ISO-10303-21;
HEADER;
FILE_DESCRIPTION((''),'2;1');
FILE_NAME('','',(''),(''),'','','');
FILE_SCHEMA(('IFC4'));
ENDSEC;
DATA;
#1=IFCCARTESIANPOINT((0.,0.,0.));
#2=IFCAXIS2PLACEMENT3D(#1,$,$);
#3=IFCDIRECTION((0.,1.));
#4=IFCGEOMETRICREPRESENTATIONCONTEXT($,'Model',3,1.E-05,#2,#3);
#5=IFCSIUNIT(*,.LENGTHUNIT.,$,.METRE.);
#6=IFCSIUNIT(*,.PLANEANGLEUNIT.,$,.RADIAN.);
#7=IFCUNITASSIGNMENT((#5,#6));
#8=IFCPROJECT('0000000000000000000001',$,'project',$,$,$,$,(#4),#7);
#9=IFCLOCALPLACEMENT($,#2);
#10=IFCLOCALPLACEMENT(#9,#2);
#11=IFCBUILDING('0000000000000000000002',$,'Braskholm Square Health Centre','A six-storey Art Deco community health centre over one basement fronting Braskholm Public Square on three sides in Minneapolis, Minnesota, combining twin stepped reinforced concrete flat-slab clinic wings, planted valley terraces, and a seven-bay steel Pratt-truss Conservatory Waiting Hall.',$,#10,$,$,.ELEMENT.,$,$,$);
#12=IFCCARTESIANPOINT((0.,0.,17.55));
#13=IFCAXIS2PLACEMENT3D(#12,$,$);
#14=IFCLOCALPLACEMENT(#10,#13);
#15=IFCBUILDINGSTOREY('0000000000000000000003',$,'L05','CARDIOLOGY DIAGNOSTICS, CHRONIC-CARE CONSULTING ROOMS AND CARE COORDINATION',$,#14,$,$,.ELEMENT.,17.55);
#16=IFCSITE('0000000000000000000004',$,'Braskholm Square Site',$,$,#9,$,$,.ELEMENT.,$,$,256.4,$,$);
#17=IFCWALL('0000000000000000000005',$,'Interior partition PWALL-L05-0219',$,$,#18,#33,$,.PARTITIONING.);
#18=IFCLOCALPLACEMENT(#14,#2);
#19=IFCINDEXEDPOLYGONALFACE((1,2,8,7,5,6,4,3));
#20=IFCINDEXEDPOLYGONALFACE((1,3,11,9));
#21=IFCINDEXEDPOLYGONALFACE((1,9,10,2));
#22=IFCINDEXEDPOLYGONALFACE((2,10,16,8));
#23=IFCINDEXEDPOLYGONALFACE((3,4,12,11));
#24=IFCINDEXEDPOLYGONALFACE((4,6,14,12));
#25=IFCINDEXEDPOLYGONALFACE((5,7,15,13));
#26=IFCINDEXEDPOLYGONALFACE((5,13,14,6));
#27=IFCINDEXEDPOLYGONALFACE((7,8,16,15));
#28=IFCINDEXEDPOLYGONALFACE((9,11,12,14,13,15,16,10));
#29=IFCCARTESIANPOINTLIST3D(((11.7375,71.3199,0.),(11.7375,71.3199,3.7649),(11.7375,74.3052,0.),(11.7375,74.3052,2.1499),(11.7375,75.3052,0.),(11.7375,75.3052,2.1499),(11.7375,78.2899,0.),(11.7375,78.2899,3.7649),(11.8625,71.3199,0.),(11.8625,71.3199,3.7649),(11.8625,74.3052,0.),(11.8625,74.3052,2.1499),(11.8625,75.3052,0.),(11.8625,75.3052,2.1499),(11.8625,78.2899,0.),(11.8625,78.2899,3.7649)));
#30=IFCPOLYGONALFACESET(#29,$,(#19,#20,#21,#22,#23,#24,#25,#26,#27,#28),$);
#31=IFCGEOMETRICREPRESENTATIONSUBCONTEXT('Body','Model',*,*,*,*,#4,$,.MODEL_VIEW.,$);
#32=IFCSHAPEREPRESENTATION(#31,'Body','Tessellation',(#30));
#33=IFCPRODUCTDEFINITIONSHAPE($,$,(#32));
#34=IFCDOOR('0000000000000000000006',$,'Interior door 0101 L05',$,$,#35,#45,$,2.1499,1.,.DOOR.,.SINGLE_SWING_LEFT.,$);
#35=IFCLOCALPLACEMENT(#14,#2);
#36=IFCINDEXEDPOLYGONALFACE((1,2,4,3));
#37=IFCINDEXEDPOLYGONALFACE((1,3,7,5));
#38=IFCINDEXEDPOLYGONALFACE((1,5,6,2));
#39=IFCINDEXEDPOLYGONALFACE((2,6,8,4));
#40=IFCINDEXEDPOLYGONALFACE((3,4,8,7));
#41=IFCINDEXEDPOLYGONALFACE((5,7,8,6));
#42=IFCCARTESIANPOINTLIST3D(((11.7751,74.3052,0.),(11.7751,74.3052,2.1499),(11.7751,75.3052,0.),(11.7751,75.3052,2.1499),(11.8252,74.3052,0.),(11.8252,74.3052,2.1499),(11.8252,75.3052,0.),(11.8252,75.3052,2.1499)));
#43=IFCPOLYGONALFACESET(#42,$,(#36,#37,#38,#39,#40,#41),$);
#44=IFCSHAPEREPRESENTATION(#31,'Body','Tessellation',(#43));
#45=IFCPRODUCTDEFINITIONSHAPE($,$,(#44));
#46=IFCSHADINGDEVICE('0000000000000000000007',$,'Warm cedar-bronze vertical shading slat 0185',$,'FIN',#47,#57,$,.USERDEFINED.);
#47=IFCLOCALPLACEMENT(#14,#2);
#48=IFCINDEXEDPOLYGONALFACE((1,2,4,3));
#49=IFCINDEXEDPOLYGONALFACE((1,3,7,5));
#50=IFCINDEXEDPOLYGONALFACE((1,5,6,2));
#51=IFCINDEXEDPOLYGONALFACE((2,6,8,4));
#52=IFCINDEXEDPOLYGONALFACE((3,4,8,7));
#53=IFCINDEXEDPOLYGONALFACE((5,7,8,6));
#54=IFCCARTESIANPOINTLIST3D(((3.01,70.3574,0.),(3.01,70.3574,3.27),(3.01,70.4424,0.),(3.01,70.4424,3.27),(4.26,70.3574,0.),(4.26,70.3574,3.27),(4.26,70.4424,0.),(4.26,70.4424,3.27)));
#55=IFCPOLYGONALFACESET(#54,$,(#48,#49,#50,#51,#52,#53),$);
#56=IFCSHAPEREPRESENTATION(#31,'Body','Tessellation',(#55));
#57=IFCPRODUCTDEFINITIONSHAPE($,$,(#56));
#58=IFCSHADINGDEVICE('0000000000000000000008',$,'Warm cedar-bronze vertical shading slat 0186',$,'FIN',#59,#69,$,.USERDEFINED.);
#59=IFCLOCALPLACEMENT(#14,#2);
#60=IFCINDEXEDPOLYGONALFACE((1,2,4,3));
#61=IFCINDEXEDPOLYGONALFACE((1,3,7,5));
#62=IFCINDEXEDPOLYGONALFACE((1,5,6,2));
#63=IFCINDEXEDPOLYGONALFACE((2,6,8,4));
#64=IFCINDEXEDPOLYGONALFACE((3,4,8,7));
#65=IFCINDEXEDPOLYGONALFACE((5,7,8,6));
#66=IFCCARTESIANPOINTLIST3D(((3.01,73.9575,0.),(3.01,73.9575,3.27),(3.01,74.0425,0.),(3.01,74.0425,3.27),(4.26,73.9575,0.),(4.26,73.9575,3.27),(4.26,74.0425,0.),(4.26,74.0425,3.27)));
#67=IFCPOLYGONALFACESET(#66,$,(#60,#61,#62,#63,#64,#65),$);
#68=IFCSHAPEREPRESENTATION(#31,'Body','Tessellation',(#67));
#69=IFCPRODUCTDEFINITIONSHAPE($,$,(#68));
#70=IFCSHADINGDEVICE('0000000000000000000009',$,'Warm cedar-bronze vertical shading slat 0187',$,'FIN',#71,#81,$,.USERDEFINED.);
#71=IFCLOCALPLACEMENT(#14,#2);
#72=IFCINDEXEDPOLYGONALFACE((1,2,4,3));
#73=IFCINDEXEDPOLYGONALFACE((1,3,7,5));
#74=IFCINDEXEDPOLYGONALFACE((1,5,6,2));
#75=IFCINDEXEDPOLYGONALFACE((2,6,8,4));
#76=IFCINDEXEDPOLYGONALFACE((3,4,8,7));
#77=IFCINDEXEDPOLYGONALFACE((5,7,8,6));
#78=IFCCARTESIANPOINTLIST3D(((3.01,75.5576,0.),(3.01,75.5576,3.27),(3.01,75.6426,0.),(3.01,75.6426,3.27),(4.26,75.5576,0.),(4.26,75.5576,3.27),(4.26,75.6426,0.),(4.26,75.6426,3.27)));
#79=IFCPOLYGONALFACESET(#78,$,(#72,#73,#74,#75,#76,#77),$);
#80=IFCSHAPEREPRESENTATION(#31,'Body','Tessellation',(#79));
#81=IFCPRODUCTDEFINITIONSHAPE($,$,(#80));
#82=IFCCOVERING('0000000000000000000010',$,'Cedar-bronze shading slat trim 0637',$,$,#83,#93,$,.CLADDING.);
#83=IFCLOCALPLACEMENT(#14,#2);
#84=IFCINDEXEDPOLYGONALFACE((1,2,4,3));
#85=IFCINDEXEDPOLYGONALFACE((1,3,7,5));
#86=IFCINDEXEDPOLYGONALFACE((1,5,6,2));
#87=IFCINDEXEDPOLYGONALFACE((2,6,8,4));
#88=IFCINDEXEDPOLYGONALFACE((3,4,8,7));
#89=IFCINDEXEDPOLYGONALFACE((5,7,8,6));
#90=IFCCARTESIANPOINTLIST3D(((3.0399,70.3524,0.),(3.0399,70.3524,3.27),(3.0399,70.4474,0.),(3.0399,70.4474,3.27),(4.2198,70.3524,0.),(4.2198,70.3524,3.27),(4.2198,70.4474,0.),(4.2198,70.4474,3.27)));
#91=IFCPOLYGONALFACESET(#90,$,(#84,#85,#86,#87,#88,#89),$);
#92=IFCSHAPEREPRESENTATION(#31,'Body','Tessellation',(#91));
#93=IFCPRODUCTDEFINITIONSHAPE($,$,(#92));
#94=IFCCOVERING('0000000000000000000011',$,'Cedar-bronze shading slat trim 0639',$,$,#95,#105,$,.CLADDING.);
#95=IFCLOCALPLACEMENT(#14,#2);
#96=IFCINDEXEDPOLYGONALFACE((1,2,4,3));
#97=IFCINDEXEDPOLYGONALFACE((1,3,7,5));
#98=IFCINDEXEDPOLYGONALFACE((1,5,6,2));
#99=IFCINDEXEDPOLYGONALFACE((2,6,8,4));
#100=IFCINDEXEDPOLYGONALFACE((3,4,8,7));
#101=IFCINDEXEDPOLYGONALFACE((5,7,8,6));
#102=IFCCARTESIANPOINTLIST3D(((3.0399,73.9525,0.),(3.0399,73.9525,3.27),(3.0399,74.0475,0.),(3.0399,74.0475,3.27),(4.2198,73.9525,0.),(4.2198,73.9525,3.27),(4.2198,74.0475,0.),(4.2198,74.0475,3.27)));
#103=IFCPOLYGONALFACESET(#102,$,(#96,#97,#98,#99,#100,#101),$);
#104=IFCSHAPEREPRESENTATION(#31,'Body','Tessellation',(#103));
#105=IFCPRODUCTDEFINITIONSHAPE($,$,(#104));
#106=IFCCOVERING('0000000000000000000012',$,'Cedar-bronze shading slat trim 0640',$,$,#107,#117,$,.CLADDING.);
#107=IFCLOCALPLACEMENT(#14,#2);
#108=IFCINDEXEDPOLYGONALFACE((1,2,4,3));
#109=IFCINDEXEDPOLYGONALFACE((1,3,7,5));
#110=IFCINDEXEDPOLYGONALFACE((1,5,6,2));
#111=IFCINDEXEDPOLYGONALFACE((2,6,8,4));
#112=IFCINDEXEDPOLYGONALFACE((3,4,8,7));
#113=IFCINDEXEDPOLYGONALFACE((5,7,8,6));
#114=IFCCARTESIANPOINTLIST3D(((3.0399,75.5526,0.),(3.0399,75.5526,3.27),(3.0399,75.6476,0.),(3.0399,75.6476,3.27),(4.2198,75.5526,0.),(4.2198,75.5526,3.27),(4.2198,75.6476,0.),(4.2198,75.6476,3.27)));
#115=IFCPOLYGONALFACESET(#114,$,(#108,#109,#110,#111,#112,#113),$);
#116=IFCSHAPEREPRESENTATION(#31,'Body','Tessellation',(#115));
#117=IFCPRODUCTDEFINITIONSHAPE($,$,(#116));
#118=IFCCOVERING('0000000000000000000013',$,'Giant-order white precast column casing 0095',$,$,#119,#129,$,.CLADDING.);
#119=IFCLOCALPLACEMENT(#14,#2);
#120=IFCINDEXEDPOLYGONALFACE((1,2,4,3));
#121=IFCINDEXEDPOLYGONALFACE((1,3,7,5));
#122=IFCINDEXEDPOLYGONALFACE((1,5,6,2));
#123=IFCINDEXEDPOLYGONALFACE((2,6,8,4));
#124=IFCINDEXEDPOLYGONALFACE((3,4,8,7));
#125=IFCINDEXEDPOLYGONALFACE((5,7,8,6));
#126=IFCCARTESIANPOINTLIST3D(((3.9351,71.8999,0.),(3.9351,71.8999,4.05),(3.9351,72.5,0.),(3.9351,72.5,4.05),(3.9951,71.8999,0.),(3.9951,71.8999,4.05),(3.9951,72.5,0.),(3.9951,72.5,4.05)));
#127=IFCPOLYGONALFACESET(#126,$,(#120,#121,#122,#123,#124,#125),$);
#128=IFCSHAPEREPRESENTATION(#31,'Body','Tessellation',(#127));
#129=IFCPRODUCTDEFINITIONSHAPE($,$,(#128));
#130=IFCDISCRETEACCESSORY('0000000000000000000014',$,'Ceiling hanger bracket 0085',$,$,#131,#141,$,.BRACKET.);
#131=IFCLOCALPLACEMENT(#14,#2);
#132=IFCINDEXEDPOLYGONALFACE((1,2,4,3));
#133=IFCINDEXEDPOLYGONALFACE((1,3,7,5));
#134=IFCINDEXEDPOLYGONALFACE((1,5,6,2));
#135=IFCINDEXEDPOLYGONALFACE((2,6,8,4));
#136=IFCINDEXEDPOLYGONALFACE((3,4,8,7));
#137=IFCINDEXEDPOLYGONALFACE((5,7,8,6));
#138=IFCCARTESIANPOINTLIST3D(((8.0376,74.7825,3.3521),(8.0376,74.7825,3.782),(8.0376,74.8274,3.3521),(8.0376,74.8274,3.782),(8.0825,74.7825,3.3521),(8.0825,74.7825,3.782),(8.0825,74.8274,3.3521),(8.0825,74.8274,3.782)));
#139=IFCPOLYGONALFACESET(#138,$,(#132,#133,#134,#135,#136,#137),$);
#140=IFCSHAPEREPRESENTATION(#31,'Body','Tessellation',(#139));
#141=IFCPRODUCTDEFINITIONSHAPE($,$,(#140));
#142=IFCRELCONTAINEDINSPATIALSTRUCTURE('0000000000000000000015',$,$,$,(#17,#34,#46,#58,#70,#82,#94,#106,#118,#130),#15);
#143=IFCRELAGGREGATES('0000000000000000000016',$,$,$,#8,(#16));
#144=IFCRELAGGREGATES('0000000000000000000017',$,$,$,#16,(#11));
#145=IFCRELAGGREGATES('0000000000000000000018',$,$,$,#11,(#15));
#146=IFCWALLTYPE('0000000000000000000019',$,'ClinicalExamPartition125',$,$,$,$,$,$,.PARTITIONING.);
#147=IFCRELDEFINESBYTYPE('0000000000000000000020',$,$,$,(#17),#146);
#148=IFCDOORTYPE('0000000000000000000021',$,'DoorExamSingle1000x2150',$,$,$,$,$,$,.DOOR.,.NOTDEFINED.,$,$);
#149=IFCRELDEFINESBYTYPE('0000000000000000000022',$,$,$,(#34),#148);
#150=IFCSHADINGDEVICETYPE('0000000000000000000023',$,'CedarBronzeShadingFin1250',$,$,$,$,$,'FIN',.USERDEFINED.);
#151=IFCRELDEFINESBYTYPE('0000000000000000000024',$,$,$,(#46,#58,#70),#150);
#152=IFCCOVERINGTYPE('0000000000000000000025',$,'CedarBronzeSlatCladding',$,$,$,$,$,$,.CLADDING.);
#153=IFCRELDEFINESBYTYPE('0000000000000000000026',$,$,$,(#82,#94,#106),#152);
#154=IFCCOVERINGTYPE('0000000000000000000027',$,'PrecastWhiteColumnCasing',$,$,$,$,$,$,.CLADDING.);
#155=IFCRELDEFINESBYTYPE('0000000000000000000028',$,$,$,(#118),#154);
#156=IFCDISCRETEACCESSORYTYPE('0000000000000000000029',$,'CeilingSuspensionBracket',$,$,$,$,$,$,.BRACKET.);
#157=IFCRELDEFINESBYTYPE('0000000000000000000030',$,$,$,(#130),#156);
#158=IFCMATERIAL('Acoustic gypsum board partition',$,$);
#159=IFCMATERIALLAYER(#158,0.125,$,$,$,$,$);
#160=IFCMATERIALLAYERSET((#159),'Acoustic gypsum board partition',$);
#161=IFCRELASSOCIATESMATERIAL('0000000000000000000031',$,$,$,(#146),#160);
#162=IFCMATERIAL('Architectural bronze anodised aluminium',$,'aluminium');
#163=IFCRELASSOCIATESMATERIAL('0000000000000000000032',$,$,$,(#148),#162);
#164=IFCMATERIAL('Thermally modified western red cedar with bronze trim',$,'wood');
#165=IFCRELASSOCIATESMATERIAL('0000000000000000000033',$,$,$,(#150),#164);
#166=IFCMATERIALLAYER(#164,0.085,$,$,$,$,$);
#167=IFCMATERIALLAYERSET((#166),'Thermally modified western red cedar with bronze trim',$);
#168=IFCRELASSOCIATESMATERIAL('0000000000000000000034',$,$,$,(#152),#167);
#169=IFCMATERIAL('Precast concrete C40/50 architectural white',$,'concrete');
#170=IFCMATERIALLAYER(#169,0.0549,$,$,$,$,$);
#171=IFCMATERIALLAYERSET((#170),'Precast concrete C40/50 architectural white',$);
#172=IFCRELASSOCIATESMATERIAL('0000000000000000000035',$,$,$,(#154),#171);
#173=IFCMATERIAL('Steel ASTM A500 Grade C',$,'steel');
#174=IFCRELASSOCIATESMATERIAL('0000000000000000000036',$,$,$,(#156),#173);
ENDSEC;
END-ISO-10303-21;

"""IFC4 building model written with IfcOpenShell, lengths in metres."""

from ifc_helpers import new_model, si_unit, direction, frame, frame_2d, origin, origin_with_axes, origin_2d, place, context, subcontext, project, spatial, rectangle, extrude, material, layer, layer_set, type_object, element, fill, save


model = new_model("IFC4")

# Units and contexts
model_context = context("Model", 3, precision=1e-05, world=origin(), true_north=direction((0.0, 1.0)))
body_context = subcontext(model_context, "Body", "Model", "MODEL_VIEW")
ifc_project = project(units=[si_unit("LENGTHUNIT", "METRE"), si_unit("PLANEANGLEUNIT", "RADIAN")], contexts=[model_context])

# Site, building, storey
site_placement = place(None, origin())
site = spatial("IfcSite", under=ifc_project, at=site_placement, Name="Braskholm Square Site", CompositionType="ELEMENT", RefElevation=256.4)
building_placement = place(site_placement, origin())
building = spatial("IfcBuilding", under=site, at=building_placement, Name="Braskholm Square Health Centre", Description="A six-storey Art Deco community health centre over one basement fronting Braskholm Public Square on three sides in Minneapolis, Minnesota, combining twin stepped reinforced concrete flat-slab clinic wings, planted valley terraces, and a seven-bay steel Pratt-truss Conservatory Waiting Hall.", CompositionType="ELEMENT")
storey_placement = place(building_placement, frame((0.0, 0.0, 17.55)))
storey = spatial("IfcBuildingStorey", under=building, at=storey_placement, Name="L05", Description="CARDIOLOGY DIAGNOSTICS, CHRONIC-CARE CONSULTING ROOMS AND CARE COORDINATION", CompositionType="ELEMENT", Elevation=17.55)

# Shared definitions
ifc_material_1 = material(Name="Precast concrete C40/50 architectural white", Category="concrete")

# Shared definitions
ifc_material_2 = material(Name="Architectural bronze anodised aluminium", Category="aluminium")

# Shared definitions
ifc_material_3 = material(Name="Acoustic gypsum board partition")
ifc_layer_1 = layer(ifc_material_3, 0.125)
ifc_layer_set_1 = layer_set([ifc_layer_1], Name="Acoustic gypsum board partition")
wall_type = type_object("IfcWallType", Name="ClinicalExamPartition125", PredefinedType="PARTITIONING", material=ifc_layer_set_1)

# Wall, opening, door
wall_1_placement = place(storey_placement, frame((11.8, 71.3201, 0.0), z_axis=(0.0, 0.0, 1.0), x_axis=(0.0, 1.0, 0.0)))
wall_1 = element("IfcWall", 1, at=wall_1_placement, inside=storey, type_object=wall_type, Name="Interior partition PWALL-L05-0219", PredefinedType="PARTITIONING", context=body_context, shape_type="SweptSolid", body=[
    extrude(rectangle(XDim=6.97, YDim=0.125, at=frame_2d((3.4849, 0.0))), origin(), (0.0, 0.0, 1.0), 3.7649),
])
opening_placement = place(wall_1_placement, frame((2.9851, 0.0, 0.0)))
opening = element("IfcOpeningElement", 2, at=opening_placement, cuts=wall_1, PredefinedType="OPENING", context=body_context, shape_type="SweptSolid", body=[
    extrude(rectangle(XDim=1.0, YDim=2.1499, at=frame_2d((0.5, 1.075))), frame((0.0, 0.0725, 0.0), z_axis=(0.0, -1.0, 0.0), x_axis=(1.0, 0.0, 0.0)), (0.0, 0.0, 1.0), 0.145),
])
door_type = type_object("IfcDoorType", Name="DoorExamSingle1000x2150", OperationType="NOTDEFINED", PredefinedType="DOOR", material=ifc_material_2)
door_placement = place(opening_placement, origin_with_axes())
door = element("IfcDoor", 3, at=door_placement, inside=storey, type_object=door_type, Name="Interior door 0101 L05", OperationType="SINGLE_SWING_LEFT", OverallHeight=2.1499, OverallWidth=1.0, PredefinedType="DOOR", context=body_context, shape_type="SweptSolid", body=[
    extrude(rectangle(XDim=1.0, YDim=2.1499, at=frame_2d((0.5, 1.075))), frame((0.0, 0.0249, 0.0), z_axis=(0.0, -1.0, 0.0), x_axis=(1.0, 0.0, 0.0)), (0.0, 0.0, 1.0), 0.05),
])
fill(opening, door)

# Shading devices
ifc_material_4 = material(Name="Thermally modified western red cedar with bronze trim", Category="wood")
shading_device_type = type_object("IfcShadingDeviceType", Name="CedarBronzeShadingFin1250", ElementType="FIN", PredefinedType="USERDEFINED", material=ifc_material_4)
for number, where, z_axis, x_axis, name in (
    (4, (3.635, 70.3999, 0.0), (0.0, 0.0, 1.0), (1.0, 0.0, 0.0), "Warm cedar-bronze vertical shading slat 0185"),
    (5, (3.635, 74.0, 0.0), (0.0, 0.0, 1.0), (1.0, 0.0, 0.0), "Warm cedar-bronze vertical shading slat 0186"),
    (6, (3.635, 75.6001, 0.0), (0.0, 0.0, 1.0), (1.0, 0.0, 0.0), "Warm cedar-bronze vertical shading slat 0187"),
):
    element("IfcShadingDevice", number, at=place(storey_placement, frame(where, z_axis=z_axis, x_axis=x_axis)), inside=storey, type_object=shading_device_type, Name=name, ObjectType="FIN", PredefinedType="USERDEFINED", context=body_context, shape_type="SweptSolid", body=[
        extrude(rectangle(XDim=1.25, YDim=0.085, at=origin_2d()), origin(), (0.0, 0.0, 1.0), 3.27),
    ])

# Coverings
ifc_layer_2 = layer(ifc_material_4, 0.085)
ifc_layer_set_2 = layer_set([ifc_layer_2], Name="Thermally modified western red cedar with bronze trim")
covering_type_1 = type_object("IfcCoveringType", Name="CedarBronzeSlatCladding", PredefinedType="CLADDING", material=ifc_layer_set_2)
for number, where, z_axis, x_axis, name in (
    (7, (3.6299, 70.3999, 0.0), (0.0, 0.0, 1.0), (1.0, 0.0, 0.0), "Cedar-bronze shading slat trim 0637"),
    (8, (3.6299, 74.0, 0.0), (0.0, 0.0, 1.0), (1.0, 0.0, 0.0), "Cedar-bronze shading slat trim 0639"),
    (9, (3.6299, 75.6001, 0.0), (0.0, 0.0, 1.0), (1.0, 0.0, 0.0), "Cedar-bronze shading slat trim 0640"),
):
    element("IfcCovering", number, at=place(storey_placement, frame(where, z_axis=z_axis, x_axis=x_axis)), inside=storey, type_object=covering_type_1, Name=name, PredefinedType="CLADDING", context=body_context, shape_type="SweptSolid", body=[
        extrude(rectangle(XDim=1.1799, YDim=0.095, at=origin_2d()), origin(), (0.0, 0.0, 1.0), 3.27),
    ])
ifc_layer_3 = layer(ifc_material_1, 0.0549)
ifc_layer_set_3 = layer_set([ifc_layer_3], Name="Precast concrete C40/50 architectural white")
covering_type_2 = type_object("IfcCoveringType", Name="PrecastWhiteColumnCasing", PredefinedType="CLADDING", material=ifc_layer_set_3)
covering_placement = place(storey_placement, frame((3.9651, 72.2, 0.0), z_axis=(0.0, 0.0, 1.0), x_axis=(1.0, 0.0, 0.0)))
element("IfcCovering", 10, at=covering_placement, inside=storey, type_object=covering_type_2, Name="Giant-order white precast column casing 0095", PredefinedType="CLADDING", context=body_context, shape_type="SweptSolid", body=[
    extrude(rectangle(XDim=0.0601, YDim=0.6001, at=origin_2d()), origin(), (0.0, 0.0, 1.0), 4.05),
])

# Discrete accessory
ifc_material_5 = material(Name="Steel ASTM A500 Grade C", Category="steel")
discrete_accessory_type = type_object("IfcDiscreteAccessoryType", Name="CeilingSuspensionBracket", PredefinedType="BRACKET", material=ifc_material_5)
discrete_accessory_placement = place(storey_placement, frame((8.0601, 74.8049, 3.3521), z_axis=(0.0, 0.0, 1.0), x_axis=(1.0, 0.0, 0.0)))
element("IfcDiscreteAccessory", 11, at=discrete_accessory_placement, inside=storey, type_object=discrete_accessory_type, Name="Ceiling hanger bracket 0085", PredefinedType="BRACKET", context=body_context, shape_type="SweptSolid", body=[
    extrude(rectangle(XDim=0.0449, YDim=0.0449, at=origin_2d()), origin(), (0.0, 0.0, 1.0), 0.4299),
])

save(model, "model.ifc")
